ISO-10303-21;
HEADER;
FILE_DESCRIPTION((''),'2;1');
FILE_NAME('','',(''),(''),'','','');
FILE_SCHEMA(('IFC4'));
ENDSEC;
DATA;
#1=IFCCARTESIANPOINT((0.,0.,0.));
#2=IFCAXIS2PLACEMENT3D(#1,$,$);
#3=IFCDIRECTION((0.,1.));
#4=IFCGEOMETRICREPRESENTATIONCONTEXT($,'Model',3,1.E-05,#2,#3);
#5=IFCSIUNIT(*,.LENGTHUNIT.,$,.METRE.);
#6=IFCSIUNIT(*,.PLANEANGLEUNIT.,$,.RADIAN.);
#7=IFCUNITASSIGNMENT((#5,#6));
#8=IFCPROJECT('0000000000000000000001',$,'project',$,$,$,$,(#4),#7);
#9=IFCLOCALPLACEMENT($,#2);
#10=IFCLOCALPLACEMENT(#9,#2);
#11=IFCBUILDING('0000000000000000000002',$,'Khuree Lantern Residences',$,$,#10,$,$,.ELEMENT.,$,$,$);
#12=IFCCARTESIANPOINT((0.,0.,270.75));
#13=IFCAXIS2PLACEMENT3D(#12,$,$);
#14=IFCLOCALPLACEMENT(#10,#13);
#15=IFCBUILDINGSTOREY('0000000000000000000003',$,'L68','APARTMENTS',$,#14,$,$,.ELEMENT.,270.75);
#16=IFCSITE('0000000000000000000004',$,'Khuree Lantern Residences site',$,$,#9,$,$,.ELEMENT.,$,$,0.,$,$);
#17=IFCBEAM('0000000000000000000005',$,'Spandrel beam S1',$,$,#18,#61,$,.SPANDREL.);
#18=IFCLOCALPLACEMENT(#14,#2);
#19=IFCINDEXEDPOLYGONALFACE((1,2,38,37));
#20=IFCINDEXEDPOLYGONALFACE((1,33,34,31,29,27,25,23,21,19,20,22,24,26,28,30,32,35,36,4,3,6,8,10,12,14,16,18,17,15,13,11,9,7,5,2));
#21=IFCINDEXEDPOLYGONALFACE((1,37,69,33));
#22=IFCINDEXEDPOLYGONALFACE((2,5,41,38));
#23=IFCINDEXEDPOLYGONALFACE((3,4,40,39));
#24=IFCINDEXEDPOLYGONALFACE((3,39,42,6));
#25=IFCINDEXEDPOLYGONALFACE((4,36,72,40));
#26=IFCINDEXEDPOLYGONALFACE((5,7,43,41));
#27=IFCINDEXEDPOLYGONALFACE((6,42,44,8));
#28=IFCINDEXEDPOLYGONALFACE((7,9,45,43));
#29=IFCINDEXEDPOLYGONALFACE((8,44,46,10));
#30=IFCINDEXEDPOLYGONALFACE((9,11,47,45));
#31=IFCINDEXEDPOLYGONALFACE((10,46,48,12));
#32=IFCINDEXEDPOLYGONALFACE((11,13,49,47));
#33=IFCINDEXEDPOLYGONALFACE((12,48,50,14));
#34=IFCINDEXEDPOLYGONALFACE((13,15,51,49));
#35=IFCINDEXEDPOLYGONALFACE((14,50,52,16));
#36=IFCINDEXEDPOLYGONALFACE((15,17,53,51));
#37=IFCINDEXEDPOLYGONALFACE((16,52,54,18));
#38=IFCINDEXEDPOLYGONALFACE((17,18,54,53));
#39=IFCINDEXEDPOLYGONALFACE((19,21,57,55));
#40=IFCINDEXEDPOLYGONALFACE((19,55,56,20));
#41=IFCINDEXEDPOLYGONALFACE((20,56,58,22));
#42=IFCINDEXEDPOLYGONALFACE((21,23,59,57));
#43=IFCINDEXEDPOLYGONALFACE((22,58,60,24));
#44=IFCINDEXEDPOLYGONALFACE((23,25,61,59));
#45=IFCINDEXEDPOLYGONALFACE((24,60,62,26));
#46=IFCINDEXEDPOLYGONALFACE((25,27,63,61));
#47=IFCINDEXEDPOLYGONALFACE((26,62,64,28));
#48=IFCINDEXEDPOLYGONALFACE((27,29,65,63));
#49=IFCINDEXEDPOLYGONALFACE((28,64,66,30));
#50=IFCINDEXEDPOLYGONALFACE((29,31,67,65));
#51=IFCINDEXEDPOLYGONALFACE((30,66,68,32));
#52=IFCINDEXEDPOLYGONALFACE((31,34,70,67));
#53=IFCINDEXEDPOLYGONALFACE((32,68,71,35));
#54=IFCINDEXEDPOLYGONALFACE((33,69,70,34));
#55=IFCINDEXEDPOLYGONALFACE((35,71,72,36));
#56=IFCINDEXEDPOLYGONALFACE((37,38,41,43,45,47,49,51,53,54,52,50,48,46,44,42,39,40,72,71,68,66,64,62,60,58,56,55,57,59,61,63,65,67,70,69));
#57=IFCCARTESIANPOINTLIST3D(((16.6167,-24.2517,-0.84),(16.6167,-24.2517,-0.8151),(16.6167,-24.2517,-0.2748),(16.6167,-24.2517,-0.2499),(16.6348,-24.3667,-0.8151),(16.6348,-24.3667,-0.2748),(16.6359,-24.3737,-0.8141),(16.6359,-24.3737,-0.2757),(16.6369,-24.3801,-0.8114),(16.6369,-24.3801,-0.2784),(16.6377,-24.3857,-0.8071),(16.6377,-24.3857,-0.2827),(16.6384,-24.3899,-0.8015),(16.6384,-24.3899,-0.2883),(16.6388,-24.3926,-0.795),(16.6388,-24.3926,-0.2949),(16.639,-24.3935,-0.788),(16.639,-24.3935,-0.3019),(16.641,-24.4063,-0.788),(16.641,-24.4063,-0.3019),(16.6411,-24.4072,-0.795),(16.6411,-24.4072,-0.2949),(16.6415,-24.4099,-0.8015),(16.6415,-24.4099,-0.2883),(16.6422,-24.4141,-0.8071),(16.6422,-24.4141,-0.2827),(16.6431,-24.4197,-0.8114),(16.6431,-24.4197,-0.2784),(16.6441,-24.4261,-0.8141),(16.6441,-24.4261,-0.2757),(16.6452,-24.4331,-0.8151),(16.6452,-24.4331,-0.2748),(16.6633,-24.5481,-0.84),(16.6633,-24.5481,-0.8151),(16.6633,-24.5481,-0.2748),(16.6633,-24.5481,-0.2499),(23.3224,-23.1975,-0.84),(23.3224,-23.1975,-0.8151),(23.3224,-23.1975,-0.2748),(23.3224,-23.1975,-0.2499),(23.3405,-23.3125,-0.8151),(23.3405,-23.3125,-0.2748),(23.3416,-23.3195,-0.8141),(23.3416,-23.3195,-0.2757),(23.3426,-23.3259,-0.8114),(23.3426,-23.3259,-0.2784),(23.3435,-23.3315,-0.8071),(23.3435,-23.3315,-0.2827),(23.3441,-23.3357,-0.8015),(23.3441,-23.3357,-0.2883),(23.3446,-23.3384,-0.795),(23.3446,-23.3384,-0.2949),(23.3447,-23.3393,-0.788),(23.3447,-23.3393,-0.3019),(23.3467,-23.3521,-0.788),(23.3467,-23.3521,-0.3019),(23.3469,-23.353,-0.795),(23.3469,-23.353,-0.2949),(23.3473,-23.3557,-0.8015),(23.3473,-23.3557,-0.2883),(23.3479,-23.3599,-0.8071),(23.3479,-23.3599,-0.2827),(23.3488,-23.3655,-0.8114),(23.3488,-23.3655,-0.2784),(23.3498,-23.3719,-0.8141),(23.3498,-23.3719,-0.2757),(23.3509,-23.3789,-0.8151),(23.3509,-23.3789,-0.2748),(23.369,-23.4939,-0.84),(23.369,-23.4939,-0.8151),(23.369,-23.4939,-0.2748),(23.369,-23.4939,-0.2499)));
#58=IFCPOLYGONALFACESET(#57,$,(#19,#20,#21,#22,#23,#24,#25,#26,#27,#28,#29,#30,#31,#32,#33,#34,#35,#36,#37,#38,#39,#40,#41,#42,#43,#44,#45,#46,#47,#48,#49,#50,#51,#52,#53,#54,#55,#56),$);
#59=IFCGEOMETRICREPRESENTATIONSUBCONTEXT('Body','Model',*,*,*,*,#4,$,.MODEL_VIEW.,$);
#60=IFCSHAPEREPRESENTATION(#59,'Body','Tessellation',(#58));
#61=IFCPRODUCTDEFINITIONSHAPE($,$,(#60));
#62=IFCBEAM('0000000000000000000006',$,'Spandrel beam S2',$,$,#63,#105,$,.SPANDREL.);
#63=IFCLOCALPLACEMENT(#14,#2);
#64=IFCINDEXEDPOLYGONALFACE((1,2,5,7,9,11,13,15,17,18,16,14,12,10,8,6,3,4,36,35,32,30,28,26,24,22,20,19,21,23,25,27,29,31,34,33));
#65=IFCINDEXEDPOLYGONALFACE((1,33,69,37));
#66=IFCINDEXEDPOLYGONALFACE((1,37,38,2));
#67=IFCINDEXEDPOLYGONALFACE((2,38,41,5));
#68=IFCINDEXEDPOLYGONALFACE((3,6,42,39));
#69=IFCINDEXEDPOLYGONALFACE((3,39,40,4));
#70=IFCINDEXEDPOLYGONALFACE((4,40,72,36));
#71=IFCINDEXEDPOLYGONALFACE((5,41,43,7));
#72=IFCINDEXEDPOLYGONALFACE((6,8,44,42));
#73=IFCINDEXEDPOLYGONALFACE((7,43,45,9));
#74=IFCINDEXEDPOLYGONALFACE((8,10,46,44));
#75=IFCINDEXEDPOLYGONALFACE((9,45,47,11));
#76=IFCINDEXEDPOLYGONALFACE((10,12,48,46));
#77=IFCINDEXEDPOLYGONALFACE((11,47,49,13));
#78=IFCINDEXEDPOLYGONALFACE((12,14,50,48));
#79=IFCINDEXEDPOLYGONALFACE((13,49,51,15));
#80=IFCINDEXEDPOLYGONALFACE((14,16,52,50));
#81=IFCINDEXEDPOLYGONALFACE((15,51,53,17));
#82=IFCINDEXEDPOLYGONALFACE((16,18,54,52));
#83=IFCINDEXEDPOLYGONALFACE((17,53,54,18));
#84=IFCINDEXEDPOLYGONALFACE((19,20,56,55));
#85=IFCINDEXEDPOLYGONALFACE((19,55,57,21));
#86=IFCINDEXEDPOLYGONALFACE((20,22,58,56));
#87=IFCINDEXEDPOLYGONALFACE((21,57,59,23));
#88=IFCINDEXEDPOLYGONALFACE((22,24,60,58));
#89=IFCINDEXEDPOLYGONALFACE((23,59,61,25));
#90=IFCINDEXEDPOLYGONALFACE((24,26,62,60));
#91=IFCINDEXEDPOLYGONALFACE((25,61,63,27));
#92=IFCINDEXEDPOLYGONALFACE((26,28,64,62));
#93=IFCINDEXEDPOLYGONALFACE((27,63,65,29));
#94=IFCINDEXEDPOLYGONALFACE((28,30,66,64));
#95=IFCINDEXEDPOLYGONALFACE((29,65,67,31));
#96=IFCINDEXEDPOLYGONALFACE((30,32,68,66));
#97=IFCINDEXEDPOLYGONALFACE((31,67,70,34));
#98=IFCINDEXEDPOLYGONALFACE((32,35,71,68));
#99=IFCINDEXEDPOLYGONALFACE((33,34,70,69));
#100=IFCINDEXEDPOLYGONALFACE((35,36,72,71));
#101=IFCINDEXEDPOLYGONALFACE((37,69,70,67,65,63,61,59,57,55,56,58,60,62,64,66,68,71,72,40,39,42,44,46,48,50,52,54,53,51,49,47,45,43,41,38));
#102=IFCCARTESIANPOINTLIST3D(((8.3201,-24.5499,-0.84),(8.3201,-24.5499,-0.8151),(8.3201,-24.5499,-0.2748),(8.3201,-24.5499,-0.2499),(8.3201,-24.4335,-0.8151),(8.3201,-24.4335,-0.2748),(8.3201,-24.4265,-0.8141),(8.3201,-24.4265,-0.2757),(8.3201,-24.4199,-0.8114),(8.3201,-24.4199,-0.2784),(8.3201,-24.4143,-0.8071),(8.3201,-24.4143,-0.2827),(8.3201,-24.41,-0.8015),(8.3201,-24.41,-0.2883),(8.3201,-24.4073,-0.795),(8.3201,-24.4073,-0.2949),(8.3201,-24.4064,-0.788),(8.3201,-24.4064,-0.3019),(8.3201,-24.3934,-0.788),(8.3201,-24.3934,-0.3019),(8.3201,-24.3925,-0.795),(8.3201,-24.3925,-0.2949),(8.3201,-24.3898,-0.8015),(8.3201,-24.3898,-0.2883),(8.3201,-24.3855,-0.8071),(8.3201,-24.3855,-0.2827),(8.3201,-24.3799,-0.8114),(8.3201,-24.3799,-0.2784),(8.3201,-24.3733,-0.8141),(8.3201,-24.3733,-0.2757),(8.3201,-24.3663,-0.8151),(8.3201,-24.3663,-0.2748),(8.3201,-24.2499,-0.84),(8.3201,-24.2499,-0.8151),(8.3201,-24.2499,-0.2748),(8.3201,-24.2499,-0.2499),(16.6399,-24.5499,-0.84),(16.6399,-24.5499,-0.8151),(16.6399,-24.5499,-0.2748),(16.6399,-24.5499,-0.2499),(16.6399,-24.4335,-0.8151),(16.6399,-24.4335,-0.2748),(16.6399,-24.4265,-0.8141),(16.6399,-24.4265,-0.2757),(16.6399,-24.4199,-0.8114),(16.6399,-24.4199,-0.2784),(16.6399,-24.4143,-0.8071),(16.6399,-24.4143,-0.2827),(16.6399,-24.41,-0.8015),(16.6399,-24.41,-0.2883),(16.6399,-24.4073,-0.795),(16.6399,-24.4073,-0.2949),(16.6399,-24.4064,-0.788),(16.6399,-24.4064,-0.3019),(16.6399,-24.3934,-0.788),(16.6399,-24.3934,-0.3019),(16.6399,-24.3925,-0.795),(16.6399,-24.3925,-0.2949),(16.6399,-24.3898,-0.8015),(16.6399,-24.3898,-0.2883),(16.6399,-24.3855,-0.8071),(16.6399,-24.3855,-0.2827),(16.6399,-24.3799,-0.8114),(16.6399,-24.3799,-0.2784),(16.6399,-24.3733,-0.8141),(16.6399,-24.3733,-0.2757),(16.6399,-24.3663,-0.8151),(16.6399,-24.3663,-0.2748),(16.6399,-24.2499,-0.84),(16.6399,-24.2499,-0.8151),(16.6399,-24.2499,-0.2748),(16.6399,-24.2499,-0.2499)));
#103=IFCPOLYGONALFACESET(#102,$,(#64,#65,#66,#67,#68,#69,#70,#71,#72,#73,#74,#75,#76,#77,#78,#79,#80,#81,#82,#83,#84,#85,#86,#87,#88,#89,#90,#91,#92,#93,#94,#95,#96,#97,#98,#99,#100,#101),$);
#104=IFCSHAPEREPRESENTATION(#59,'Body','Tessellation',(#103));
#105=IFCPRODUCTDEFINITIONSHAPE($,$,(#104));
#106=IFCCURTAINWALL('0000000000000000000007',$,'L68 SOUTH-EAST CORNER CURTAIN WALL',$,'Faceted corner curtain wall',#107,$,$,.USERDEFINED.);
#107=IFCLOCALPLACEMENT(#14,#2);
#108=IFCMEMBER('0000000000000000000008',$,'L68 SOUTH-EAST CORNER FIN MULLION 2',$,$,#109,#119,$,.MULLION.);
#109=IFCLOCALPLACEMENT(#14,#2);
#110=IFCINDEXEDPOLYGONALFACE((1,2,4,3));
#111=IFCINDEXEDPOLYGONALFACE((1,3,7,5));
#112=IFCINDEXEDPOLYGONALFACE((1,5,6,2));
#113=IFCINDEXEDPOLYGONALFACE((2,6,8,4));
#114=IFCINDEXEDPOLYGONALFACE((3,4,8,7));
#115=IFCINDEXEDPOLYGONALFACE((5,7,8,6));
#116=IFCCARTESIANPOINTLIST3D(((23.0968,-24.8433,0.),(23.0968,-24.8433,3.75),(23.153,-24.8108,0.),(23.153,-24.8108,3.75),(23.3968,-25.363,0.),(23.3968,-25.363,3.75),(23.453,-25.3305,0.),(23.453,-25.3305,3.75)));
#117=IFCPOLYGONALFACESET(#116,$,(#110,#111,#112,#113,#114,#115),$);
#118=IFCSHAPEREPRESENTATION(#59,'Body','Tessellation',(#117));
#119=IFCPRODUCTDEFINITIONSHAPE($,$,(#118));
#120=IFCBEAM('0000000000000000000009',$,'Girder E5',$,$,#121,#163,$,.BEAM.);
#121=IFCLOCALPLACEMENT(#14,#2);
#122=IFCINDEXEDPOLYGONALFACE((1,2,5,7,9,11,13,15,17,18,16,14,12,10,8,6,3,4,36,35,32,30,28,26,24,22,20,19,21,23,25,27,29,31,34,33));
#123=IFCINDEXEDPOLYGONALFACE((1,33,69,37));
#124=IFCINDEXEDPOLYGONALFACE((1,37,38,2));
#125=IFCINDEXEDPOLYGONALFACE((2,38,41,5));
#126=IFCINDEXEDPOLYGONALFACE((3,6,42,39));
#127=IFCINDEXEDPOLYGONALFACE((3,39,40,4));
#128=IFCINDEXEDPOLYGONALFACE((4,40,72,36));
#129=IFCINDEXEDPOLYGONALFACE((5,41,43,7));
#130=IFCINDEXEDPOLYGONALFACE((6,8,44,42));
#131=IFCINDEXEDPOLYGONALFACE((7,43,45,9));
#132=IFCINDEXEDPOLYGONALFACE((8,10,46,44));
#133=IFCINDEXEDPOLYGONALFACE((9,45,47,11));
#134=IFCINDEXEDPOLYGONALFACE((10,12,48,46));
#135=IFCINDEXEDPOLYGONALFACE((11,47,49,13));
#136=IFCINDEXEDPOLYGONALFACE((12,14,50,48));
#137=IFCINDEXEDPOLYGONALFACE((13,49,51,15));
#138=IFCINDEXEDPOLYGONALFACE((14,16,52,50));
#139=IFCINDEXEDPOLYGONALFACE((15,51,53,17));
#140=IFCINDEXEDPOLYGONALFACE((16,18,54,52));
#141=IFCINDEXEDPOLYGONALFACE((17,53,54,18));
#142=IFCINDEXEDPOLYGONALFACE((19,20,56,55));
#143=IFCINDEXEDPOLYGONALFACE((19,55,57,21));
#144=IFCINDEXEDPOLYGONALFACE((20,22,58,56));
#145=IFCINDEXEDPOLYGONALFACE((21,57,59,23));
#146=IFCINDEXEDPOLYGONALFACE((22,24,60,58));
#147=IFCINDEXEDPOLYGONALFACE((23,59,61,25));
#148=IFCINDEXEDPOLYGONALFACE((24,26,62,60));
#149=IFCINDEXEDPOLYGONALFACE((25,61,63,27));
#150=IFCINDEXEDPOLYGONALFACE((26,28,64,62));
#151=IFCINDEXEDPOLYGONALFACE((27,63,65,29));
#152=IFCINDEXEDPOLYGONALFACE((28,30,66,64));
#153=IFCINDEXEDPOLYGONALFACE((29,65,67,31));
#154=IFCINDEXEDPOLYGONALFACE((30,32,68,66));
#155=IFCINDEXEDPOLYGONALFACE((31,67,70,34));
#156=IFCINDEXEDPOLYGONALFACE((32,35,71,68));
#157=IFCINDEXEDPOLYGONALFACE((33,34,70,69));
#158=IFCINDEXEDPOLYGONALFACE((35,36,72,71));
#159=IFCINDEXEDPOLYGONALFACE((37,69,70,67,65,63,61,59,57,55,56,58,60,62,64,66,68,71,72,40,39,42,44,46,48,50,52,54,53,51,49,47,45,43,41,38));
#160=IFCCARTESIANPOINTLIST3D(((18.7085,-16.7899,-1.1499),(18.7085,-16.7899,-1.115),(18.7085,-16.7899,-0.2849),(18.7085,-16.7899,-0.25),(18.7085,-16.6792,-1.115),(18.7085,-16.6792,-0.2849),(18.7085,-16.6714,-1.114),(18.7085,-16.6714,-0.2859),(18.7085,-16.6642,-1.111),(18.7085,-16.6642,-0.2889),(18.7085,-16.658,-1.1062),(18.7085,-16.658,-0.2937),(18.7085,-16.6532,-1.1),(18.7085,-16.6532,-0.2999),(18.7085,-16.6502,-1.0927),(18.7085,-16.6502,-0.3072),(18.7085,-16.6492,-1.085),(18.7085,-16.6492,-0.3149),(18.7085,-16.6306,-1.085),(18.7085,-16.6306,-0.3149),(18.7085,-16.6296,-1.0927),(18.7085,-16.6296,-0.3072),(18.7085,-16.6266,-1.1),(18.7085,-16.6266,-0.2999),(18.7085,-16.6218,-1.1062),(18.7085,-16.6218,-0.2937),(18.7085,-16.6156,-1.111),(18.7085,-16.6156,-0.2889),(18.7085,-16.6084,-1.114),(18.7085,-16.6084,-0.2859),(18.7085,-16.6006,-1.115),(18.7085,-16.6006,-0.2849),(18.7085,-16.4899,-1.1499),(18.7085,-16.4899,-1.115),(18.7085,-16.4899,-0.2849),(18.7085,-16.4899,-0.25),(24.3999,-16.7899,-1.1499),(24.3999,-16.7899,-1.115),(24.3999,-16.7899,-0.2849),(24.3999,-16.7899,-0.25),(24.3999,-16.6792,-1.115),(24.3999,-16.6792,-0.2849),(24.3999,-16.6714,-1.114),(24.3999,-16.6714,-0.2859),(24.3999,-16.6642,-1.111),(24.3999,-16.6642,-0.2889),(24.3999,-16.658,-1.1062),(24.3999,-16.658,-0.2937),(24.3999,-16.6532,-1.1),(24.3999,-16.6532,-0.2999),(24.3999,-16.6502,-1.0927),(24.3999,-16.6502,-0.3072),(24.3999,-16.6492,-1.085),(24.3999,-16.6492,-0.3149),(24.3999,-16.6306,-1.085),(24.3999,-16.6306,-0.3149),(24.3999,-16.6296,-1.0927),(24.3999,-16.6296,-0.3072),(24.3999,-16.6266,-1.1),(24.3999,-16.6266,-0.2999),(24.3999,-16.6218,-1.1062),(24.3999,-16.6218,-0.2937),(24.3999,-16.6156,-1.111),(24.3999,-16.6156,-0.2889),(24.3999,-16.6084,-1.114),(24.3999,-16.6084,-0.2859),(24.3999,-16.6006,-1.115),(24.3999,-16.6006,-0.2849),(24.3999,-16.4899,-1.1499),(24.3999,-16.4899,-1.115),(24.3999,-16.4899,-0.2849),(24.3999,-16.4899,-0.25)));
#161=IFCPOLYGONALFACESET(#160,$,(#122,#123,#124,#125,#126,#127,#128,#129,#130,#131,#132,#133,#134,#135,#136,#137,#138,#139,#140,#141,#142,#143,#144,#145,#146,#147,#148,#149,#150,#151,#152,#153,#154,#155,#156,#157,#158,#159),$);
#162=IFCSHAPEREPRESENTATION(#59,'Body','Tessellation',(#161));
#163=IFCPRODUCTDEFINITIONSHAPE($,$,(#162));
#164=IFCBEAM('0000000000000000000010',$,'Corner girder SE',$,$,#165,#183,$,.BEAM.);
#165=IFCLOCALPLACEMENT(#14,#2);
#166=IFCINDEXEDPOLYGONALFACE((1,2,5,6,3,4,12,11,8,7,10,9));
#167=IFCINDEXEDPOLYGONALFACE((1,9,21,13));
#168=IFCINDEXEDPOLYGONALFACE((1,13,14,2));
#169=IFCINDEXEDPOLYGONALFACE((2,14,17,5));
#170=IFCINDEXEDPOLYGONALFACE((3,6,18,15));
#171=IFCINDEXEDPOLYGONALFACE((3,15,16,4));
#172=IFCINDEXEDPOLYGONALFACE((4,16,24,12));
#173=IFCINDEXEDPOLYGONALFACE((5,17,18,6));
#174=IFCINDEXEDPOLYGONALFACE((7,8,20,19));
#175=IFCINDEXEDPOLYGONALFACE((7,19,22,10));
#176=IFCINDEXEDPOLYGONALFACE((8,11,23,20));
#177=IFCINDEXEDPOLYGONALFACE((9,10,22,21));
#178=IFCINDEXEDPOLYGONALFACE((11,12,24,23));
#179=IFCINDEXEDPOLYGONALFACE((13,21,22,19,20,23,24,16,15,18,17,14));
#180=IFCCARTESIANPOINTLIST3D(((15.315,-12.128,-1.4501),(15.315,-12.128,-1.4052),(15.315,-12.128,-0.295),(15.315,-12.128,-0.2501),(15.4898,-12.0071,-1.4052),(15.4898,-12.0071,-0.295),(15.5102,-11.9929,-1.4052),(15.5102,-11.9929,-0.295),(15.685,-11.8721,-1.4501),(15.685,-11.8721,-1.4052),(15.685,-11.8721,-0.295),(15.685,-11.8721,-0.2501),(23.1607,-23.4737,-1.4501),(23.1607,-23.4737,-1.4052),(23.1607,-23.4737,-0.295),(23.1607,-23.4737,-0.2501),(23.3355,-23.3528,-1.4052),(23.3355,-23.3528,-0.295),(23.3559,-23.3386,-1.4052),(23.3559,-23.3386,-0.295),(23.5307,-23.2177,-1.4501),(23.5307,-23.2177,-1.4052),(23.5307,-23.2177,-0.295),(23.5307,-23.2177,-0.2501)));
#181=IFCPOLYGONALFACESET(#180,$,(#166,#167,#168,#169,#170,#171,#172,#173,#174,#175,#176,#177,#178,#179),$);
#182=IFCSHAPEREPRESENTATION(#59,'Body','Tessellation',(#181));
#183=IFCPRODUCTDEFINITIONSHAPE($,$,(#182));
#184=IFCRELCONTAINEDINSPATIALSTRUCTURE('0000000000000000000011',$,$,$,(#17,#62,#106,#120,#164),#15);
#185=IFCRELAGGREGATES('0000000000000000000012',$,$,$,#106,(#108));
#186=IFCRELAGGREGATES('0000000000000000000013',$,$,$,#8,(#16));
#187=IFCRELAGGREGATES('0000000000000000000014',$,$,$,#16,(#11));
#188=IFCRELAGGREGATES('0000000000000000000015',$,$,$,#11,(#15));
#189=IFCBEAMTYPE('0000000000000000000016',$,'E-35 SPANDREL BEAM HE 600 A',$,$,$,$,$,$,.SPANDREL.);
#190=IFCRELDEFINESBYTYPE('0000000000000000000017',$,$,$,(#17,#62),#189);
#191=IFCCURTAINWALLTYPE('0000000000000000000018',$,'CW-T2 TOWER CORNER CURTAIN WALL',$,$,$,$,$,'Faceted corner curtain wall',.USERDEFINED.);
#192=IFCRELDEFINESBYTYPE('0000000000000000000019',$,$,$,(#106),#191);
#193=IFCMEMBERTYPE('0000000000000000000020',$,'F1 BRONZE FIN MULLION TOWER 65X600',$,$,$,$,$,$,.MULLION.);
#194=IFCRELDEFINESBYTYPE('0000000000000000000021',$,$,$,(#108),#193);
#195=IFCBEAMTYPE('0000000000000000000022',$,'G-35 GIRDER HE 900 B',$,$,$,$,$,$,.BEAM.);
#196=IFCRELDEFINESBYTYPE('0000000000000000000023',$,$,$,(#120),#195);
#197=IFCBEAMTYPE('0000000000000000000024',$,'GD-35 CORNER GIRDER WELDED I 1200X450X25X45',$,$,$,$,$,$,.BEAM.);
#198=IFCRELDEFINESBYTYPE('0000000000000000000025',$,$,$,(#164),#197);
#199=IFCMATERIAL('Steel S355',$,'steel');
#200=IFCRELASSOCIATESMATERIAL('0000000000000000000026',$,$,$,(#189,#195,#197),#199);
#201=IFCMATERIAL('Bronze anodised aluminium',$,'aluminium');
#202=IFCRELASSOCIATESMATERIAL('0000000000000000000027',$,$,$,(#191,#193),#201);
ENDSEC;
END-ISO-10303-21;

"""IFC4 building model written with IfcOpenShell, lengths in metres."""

from ifc_helpers import new_model, si_unit, direction, frame, origin, origin_2d, place, context, subcontext, project, spatial, rectangle, i_section, extrude, material, material_profile, profile_set, type_object, element, aggregate, save


model = new_model("IFC4")

# Units and contexts
model_context = context("Model", 3, precision=1e-05, world=origin(), true_north=direction((0.0, 1.0)))
body_context = subcontext(model_context, "Body", "Model", "MODEL_VIEW")
ifc_project = project(units=[si_unit("LENGTHUNIT", "METRE"), si_unit("PLANEANGLEUNIT", "RADIAN")], contexts=[model_context])

# Site, building, storey
site_placement = place(None, origin())
site = spatial("IfcSite", under=ifc_project, at=site_placement, Name="Khuree Lantern Residences site", CompositionType="ELEMENT", RefElevation=0.0)
building_placement = place(site_placement, origin())
building = spatial("IfcBuilding", under=site, at=building_placement, Name="Khuree Lantern Residences", CompositionType="ELEMENT")
storey_placement = place(building_placement, frame((0.0, 0.0, 270.75)))
storey = spatial("IfcBuildingStorey", under=building, at=storey_placement, Name="L68", Description="APARTMENTS", CompositionType="ELEMENT", Elevation=270.75)

# Beams
ifc_material_1 = material(Name="Steel S355", Category="steel")
ifc_material_profile_1 = material_profile(ifc_material_1, i_section(OverallWidth=0.3, OverallDepth=0.5901, WebThickness=0.0129, FlangeThickness=0.0249, FilletRadius=0.0271, at=origin_2d()), Name="HE 600 A")
ifc_profile_set_1 = profile_set([ifc_material_profile_1], Name="Steel S355")
beam_type_1 = type_object("IfcBeamType", Name="E-35 SPANDREL BEAM HE 600 A", PredefinedType="SPANDREL", material=ifc_profile_set_1)
for number, where, z_axis, x_axis, name in (
    (1, (23.3457, -23.3457, -0.5449), (-0.987867, -0.1553, 0.0), (0.1553, -0.987867, 0.0), "Spandrel beam S1"),
):
    element("IfcBeam", number, at=place(storey_placement, frame(where, z_axis=z_axis, x_axis=x_axis)), inside=storey, type_object=beam_type_1, Name=name, PredefinedType="SPANDREL", context=body_context, shape_type="SweptSolid", body=[
        extrude(i_section(OverallWidth=0.3, OverallDepth=0.5901, WebThickness=0.0129, FlangeThickness=0.0249, FilletRadius=0.0271, at=origin_2d()), origin(), (0.0, 0.0, 1.0), 6.7881),
    ])
beam_1_placement = place(storey_placement, frame((16.6399, -24.3999, -0.5449), z_axis=(-1.0, 0.0, 0.0), x_axis=(0.0, -1.0, 0.0)))
element("IfcBeam", 2, at=beam_1_placement, inside=storey, type_object=beam_type_1, Name="Spandrel beam S2", PredefinedType="SPANDREL", context=body_context, shape_type="SweptSolid", body=[
    extrude(i_section(OverallWidth=0.3, OverallDepth=0.5901, WebThickness=0.0129, FlangeThickness=0.0249, FilletRadius=0.0271, at=origin_2d()), origin(), (0.0, 0.0, 1.0), 8.3198),
])

# Curtain wall, member
ifc_material_2 = material(Name="Bronze anodised aluminium", Category="aluminium")
curtain_wall_type_1 = type_object("IfcCurtainWallType", Name="CW-T2 TOWER CORNER CURTAIN WALL", ElementType="Faceted corner curtain wall", PredefinedType="USERDEFINED", material=ifc_material_2)
curtain_wall_1_placement = place(storey_placement, origin())
curtain_wall_1 = element("IfcCurtainWall", 3, at=curtain_wall_1_placement, inside=storey, type_object=curtain_wall_type_1, Name="L68 SOUTH-EAST CORNER CURTAIN WALL", ObjectType="Faceted corner curtain wall", PredefinedType="USERDEFINED")
ifc_material_profile_2 = material_profile(ifc_material_2, rectangle(XDim=0.0649, YDim=0.6001, at=origin_2d()), Name="F1 65X600")
ifc_profile_set_2 = profile_set([ifc_material_profile_2], Name="Bronze anodised aluminium")
member_type_1 = type_object("IfcMemberType", Name="F1 BRONZE FIN MULLION TOWER 65X600", PredefinedType="MULLION", material=ifc_profile_set_2)
member_1_placement = place(storey_placement, frame((23.2749, -25.0869, 0.0), z_axis=(0.0, 0.0, 1.0), x_axis=(0.866025, 0.5, 0.0)))
member_1 = element("IfcMember", 4, at=member_1_placement, type_object=member_type_1, Name="L68 SOUTH-EAST CORNER FIN MULLION 2", PredefinedType="MULLION", context=body_context, shape_type="SweptSolid", body=[
    extrude(rectangle(XDim=0.0649, YDim=0.6001, at=origin_2d()), origin(), (0.0, 0.0, 1.0), 3.75),
])

# Beams
ifc_material_profile_3 = material_profile(ifc_material_1, i_section(OverallWidth=0.3, OverallDepth=0.8999, WebThickness=0.0186, FlangeThickness=0.0349, FilletRadius=0.03, at=origin_2d()), Name="HE 900 B")
ifc_profile_set_3 = profile_set([ifc_material_profile_3], Name="Steel S355")
beam_type_2 = type_object("IfcBeamType", Name="G-35 GIRDER HE 900 B", PredefinedType="BEAM", material=ifc_profile_set_3)
beam_2_placement = place(storey_placement, frame((24.3999, -16.6399, -0.7), z_axis=(-1.0, 0.0, 0.0), x_axis=(0.0, -1.0, 0.0)))
element("IfcBeam", 5, at=beam_2_placement, inside=storey, type_object=beam_type_2, Name="Girder E5", PredefinedType="BEAM", context=body_context, shape_type="SweptSolid", body=[
    extrude(i_section(OverallWidth=0.3, OverallDepth=0.8999, WebThickness=0.0186, FlangeThickness=0.0349, FilletRadius=0.03, at=origin_2d()), origin(), (0.0, 0.0, 1.0), 5.6914),
])
ifc_material_profile_4 = material_profile(ifc_material_1, i_section(OverallWidth=0.45, OverallDepth=1.2, WebThickness=0.0249, FlangeThickness=0.0449, at=origin_2d()), Name="WELDED I 1200X450X25X45")
ifc_profile_set_4 = profile_set([ifc_material_profile_4], Name="Steel S355")
beam_type_3 = type_object("IfcBeamType", Name="GD-35 CORNER GIRDER WELDED I 1200X450X25X45", PredefinedType="BEAM", material=ifc_profile_set_4)
beam_3_placement = place(storey_placement, frame((23.3457, -23.3457, -0.8501), z_axis=(-0.568768, 0.822498, 0.0), x_axis=(-0.822498, -0.568768, 0.0)))
element("IfcBeam", 6, at=beam_3_placement, inside=storey, type_object=beam_type_3, Name="Corner girder SE", PredefinedType="BEAM", context=body_context, shape_type="SweptSolid", body=[
    extrude(i_section(OverallWidth=0.45, OverallDepth=1.2, WebThickness=0.0249, FlangeThickness=0.0449, at=origin_2d()), origin(), (0.0, 0.0, 1.0), 13.7942),
])

aggregate(curtain_wall_1, [member_1])

save(model, "model.ifc")
